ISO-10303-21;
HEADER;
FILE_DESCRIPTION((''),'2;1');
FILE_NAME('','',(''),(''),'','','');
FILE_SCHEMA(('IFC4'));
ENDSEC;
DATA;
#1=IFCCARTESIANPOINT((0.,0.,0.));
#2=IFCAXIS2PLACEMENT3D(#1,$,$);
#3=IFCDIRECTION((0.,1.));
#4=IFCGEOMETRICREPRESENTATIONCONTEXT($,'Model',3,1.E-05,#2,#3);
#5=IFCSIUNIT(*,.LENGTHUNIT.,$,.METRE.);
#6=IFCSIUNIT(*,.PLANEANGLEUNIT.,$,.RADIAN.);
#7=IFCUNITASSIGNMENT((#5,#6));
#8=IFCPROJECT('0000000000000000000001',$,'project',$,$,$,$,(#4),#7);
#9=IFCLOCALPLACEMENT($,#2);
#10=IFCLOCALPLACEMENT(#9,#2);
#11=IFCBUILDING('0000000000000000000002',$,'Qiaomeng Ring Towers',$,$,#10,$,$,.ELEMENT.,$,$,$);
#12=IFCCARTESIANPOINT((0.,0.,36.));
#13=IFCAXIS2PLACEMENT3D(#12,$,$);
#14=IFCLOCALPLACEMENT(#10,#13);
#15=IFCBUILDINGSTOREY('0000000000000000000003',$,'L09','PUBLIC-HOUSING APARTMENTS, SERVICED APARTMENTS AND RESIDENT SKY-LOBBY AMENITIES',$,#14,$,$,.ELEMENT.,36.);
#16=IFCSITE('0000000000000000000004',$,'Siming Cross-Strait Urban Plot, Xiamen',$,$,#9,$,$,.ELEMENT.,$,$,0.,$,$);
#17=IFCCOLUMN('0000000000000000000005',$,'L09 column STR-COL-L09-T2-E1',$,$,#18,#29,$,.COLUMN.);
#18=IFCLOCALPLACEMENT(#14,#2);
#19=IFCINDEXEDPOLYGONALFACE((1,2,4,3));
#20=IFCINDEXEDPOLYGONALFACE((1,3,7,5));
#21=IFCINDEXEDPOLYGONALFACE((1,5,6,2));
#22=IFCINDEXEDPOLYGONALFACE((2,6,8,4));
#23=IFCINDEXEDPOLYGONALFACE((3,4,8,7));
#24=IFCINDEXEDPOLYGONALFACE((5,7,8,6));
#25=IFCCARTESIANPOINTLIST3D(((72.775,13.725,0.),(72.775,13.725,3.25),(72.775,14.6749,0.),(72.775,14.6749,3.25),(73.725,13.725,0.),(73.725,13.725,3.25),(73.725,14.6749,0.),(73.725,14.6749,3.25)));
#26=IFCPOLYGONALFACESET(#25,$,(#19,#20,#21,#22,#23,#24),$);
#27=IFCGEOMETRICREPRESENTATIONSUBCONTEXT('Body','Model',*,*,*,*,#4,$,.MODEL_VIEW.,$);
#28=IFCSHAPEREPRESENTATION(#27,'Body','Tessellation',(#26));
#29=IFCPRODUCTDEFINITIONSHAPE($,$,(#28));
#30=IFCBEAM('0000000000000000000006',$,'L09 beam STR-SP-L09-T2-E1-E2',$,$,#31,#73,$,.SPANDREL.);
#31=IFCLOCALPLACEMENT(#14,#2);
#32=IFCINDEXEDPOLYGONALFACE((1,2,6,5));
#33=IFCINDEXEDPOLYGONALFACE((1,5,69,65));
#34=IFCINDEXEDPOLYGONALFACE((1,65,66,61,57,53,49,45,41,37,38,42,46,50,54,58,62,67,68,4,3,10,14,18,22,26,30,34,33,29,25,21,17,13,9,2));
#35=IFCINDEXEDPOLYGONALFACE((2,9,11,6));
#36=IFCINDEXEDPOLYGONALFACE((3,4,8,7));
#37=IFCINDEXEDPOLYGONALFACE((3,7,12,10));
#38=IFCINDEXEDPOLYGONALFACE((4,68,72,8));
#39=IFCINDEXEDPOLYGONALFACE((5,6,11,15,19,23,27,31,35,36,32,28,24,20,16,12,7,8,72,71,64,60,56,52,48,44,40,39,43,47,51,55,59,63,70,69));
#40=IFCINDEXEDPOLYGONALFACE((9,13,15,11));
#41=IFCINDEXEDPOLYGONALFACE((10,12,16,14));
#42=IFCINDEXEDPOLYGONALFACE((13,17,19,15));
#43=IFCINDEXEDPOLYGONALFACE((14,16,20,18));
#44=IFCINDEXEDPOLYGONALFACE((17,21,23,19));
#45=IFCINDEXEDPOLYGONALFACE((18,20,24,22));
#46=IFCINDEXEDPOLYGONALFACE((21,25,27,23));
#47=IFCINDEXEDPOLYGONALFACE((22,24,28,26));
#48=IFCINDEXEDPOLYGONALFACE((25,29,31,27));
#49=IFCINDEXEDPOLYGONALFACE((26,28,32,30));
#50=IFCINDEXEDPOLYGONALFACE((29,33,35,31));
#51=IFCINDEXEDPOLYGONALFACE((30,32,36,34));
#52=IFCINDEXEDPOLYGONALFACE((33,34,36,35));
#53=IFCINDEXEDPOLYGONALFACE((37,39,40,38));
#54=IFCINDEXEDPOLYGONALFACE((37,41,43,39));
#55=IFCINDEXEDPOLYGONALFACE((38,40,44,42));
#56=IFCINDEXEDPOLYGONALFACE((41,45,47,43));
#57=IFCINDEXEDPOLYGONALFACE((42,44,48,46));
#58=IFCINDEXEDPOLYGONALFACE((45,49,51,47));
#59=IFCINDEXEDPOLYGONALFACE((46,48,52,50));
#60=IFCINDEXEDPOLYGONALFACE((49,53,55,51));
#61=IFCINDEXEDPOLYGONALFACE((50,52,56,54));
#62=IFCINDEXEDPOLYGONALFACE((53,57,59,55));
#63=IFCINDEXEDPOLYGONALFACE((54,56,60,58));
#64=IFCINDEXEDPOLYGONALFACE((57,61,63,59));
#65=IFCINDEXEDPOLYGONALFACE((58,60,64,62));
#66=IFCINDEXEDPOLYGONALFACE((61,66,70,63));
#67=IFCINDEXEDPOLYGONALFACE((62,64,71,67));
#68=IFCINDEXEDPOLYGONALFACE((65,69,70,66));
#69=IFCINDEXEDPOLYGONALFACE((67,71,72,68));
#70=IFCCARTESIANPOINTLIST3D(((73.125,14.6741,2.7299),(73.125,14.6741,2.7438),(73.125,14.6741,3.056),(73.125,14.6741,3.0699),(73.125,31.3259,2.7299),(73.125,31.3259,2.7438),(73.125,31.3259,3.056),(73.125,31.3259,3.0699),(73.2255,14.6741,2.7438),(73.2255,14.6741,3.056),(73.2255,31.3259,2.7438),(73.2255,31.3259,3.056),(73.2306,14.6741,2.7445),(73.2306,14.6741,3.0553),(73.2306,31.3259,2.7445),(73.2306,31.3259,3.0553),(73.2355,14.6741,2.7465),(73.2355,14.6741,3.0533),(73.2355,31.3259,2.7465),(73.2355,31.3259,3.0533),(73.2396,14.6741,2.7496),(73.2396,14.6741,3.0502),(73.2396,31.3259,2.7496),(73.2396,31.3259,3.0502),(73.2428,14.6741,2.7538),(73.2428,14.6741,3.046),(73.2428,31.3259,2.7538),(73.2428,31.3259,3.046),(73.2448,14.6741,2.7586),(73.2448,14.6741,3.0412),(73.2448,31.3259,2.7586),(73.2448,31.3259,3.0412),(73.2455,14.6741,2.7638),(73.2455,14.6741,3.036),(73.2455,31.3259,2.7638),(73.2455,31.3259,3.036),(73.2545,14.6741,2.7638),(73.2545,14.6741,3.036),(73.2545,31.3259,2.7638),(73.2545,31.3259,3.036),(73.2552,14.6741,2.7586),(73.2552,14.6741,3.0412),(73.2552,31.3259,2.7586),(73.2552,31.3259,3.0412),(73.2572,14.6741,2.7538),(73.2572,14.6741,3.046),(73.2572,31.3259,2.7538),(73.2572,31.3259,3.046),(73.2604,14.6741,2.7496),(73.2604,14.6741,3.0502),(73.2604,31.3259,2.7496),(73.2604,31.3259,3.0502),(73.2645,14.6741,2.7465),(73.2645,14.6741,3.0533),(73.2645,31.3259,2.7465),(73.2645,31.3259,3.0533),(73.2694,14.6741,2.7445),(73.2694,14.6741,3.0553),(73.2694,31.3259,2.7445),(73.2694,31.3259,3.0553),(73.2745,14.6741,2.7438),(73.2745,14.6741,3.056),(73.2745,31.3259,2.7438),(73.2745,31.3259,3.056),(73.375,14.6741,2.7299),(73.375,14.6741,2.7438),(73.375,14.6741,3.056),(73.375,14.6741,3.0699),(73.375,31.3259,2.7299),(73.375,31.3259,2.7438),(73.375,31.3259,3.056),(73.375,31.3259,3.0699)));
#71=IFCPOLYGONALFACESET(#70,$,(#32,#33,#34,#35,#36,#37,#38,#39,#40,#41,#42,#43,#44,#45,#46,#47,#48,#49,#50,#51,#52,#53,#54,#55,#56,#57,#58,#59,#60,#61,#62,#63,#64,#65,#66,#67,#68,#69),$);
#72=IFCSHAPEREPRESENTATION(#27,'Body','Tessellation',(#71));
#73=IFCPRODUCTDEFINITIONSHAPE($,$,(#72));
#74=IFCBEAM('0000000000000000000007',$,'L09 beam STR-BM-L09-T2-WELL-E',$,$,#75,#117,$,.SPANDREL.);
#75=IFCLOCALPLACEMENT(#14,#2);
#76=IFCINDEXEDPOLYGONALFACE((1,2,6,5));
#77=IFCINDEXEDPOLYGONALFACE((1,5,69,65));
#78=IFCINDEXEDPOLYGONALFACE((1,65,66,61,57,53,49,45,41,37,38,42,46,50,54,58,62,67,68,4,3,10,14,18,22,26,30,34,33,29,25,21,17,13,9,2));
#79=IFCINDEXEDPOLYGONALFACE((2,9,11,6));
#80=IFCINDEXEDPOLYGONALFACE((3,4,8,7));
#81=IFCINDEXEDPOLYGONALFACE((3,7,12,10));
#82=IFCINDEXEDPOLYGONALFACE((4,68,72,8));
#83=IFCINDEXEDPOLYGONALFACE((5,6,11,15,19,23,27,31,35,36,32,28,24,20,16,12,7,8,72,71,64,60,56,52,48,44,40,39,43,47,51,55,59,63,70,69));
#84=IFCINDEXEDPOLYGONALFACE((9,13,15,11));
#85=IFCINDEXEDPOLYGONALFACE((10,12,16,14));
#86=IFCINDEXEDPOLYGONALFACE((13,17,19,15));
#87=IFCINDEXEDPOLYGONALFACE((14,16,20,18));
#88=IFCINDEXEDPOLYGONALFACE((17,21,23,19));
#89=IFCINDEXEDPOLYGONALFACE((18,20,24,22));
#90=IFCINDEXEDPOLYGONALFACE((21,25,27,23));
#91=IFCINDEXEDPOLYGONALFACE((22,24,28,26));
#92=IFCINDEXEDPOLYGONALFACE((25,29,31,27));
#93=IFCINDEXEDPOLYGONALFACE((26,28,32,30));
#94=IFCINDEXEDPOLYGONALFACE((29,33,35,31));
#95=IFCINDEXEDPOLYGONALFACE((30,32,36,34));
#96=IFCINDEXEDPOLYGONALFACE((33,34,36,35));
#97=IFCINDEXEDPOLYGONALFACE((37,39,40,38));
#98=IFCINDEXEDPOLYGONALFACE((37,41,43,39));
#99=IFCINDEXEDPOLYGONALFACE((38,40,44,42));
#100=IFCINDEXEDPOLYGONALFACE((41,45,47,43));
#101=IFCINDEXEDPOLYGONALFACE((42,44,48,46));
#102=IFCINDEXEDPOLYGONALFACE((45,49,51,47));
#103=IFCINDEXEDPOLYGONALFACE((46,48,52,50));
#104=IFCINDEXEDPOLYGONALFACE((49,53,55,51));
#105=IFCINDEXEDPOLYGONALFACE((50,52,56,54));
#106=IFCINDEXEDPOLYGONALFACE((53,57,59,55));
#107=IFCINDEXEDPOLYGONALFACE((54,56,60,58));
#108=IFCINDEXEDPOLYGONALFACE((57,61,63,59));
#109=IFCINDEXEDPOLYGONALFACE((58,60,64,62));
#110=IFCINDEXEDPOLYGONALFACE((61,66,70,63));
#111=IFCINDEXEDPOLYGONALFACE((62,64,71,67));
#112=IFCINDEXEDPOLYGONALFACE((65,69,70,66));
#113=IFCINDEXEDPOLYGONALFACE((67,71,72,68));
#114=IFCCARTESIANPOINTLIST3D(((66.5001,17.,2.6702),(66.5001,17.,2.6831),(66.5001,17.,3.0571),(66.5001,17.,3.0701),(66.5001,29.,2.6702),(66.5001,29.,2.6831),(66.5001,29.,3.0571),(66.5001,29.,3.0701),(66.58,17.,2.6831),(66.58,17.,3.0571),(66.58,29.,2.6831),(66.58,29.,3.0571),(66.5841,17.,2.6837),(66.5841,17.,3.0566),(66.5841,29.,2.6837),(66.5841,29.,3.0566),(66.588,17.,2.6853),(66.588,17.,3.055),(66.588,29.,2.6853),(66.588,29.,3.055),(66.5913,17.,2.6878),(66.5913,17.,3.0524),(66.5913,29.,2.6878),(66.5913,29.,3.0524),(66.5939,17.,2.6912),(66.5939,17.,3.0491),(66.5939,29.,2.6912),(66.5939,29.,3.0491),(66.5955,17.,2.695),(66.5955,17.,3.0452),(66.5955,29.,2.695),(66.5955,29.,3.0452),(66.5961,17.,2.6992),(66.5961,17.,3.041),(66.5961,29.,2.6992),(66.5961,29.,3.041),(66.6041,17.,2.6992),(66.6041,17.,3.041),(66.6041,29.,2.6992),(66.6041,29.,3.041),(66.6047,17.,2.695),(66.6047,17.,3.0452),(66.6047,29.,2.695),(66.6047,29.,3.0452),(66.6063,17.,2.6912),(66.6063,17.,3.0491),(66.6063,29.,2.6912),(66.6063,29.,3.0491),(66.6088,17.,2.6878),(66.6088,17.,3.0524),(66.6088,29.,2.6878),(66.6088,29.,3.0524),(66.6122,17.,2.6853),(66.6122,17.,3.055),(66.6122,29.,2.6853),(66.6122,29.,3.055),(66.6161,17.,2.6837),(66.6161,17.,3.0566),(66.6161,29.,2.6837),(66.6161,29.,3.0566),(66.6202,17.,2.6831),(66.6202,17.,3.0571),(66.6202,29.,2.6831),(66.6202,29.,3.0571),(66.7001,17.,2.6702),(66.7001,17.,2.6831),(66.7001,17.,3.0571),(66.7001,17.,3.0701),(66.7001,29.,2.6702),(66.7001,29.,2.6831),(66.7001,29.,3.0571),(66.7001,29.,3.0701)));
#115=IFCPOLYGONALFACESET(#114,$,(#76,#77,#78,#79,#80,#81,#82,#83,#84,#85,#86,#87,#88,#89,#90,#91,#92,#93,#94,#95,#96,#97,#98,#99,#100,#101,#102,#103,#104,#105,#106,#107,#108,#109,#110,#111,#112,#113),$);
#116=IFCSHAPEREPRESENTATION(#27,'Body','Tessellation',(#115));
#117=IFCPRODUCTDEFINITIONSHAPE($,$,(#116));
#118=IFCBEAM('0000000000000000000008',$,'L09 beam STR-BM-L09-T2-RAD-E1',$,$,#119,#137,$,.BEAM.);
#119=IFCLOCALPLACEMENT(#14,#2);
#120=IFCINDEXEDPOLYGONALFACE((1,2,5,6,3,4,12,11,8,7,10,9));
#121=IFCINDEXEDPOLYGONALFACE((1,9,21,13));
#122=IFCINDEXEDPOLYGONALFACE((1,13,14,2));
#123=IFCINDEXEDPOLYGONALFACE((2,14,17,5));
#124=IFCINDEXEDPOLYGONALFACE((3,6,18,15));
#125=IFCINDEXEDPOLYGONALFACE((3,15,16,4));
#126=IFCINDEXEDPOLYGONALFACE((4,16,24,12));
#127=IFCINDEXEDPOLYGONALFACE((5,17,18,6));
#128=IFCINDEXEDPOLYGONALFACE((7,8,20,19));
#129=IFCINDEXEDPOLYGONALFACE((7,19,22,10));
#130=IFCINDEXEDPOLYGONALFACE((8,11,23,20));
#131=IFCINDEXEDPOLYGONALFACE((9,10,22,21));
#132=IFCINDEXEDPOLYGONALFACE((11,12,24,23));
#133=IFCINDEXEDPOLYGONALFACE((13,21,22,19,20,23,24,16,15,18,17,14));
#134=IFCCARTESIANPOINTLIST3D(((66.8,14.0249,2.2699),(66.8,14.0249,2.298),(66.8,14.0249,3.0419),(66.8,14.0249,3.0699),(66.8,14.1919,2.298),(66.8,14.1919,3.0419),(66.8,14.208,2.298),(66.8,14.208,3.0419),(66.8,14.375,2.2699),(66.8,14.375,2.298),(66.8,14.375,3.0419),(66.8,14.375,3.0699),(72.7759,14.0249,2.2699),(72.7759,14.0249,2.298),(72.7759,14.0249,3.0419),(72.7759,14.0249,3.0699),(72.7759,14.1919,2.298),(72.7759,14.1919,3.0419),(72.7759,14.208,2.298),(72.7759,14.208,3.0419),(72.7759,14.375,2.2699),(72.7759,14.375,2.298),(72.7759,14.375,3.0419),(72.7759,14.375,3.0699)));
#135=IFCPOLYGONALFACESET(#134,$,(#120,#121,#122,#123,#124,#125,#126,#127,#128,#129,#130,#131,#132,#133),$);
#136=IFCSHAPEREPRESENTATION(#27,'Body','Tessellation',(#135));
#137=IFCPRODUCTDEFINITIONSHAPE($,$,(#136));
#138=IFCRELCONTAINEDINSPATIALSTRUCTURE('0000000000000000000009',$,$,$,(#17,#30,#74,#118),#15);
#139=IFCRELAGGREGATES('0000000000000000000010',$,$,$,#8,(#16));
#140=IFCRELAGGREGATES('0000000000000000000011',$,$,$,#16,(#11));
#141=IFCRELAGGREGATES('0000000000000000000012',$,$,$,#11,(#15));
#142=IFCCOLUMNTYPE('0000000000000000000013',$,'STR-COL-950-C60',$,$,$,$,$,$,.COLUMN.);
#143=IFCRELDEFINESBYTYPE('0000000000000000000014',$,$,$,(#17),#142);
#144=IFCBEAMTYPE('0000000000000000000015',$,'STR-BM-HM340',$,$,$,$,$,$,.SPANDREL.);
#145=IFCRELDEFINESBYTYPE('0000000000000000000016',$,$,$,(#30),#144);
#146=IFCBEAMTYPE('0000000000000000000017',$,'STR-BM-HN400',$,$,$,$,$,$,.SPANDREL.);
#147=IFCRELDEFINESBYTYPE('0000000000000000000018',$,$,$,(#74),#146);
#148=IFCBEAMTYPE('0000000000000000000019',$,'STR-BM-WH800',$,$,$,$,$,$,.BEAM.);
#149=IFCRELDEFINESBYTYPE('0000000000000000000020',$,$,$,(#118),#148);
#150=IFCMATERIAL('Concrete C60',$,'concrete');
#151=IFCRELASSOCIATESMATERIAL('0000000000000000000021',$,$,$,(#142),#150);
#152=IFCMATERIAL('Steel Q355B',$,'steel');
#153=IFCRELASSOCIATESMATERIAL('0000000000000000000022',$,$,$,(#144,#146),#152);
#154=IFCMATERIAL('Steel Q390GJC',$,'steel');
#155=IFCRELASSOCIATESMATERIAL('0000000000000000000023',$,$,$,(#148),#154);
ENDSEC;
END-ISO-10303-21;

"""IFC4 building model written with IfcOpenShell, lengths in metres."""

from ifc_helpers import new_model, si_unit, direction, frame, origin, origin_2d, place, context, subcontext, project, spatial, rectangle, i_section, extrude, source, transform, mapped, material, material_profile, profile_set, type_object, element, save


model = new_model("IFC4")

# Units and contexts
model_context = context("Model", 3, precision=1e-05, world=origin(), true_north=direction((0.0, 1.0)))
body_context = subcontext(model_context, "Body", "Model", "MODEL_VIEW")
ifc_project = project(units=[si_unit("LENGTHUNIT", "METRE"), si_unit("PLANEANGLEUNIT", "RADIAN")], contexts=[model_context])

# Site, building, storey
site_placement = place(None, origin())
site = spatial("IfcSite", under=ifc_project, at=site_placement, Name="Siming Cross-Strait Urban Plot, Xiamen", CompositionType="ELEMENT", RefElevation=0.0)
building_placement = place(site_placement, origin())
building = spatial("IfcBuilding", under=site, at=building_placement, Name="Qiaomeng Ring Towers", CompositionType="ELEMENT")
storey_placement = place(building_placement, frame((0.0, 0.0, 36.0)))
storey = spatial("IfcBuildingStorey", under=building, at=storey_placement, Name="L09", Description="PUBLIC-HOUSING APARTMENTS, SERVICED APARTMENTS AND RESIDENT SKY-LOBBY AMENITIES", CompositionType="ELEMENT", Elevation=36.0)

# Column
ifc_material_1 = material(Name="Concrete C60", Category="concrete")
ifc_material_profile_1 = material_profile(ifc_material_1, rectangle(XDim=0.95, YDim=0.95, at=origin_2d()), Name="RC COL 950x950")
ifc_profile_set_1 = profile_set([ifc_material_profile_1], Name="Concrete C60")
column_type = type_object("IfcColumnType", Name="STR-COL-950-C60", PredefinedType="COLUMN", material=ifc_profile_set_1)
shared_shape_1 = source(origin(), body_context, "Body", "SweptSolid", [
    extrude(rectangle(XDim=0.95, YDim=0.95, at=origin_2d()), origin(), (0.0, 0.0, 1.0), 3.25),
])
column_placement = place(storey_placement, frame((73.25, 14.2, 0.0), z_axis=(0.0, 0.0, 1.0), x_axis=(1.0, 0.0, 0.0)))
element("IfcColumn", 1, at=column_placement, inside=storey, type_object=column_type, Name="L09 column STR-COL-L09-T2-E1", PredefinedType="COLUMN", context=body_context, shape_type="MappedRepresentation", body=[
    mapped(shared_shape_1, transform((0.0, 0.0, 0.0), x_axis=(1.0, 0.0, 0.0), y_axis=(0.0, 1.0, 0.0), z_axis=(0.0, 0.0, 1.0), scale=1.0)),
])

# Beams
ifc_material_2 = material(Name="Steel Q355B", Category="steel")
ifc_material_profile_2 = material_profile(ifc_material_2, i_section(OverallWidth=0.25, OverallDepth=0.3401, WebThickness=0.009, FlangeThickness=0.0139, FilletRadius=0.02, at=origin_2d()), Name="HM 340x250x9x14")
ifc_profile_set_2 = profile_set([ifc_material_profile_2], Name="Steel Q355B")
beam_type_1 = type_object("IfcBeamType", Name="STR-BM-HM340", PredefinedType="SPANDREL", material=ifc_profile_set_2)
shared_shape_2 = source(origin(), body_context, "Body", "SweptSolid", [
    extrude(i_section(OverallWidth=0.25, OverallDepth=0.3401, WebThickness=0.009, FlangeThickness=0.0139, FilletRadius=0.02, at=origin_2d()), origin(), (0.0, 0.0, 1.0), 16.6519),
])
beam_1_placement = place(storey_placement, frame((73.25, 14.6741, 2.8999), z_axis=(0.0, 1.0, 0.0), x_axis=(-1.0, 0.0, 0.0)))
element("IfcBeam", 2, at=beam_1_placement, inside=storey, type_object=beam_type_1, Name="L09 beam STR-SP-L09-T2-E1-E2", PredefinedType="SPANDREL", context=body_context, shape_type="MappedRepresentation", body=[
    mapped(shared_shape_2, transform((0.0, 0.0, 0.0), x_axis=(1.0, 0.0, 0.0), y_axis=(0.0, 1.0, 0.0), z_axis=(0.0, 0.0, 1.0), scale=1.0)),
])
ifc_material_profile_3 = material_profile(ifc_material_2, i_section(OverallWidth=0.2, OverallDepth=0.3999, WebThickness=0.0081, FlangeThickness=0.0129, FilletRadius=0.0161, at=origin_2d()), Name="HN 400x200x8x13")
ifc_profile_set_3 = profile_set([ifc_material_profile_3], Name="Steel Q355B")
beam_type_2 = type_object("IfcBeamType", Name="STR-BM-HN400", PredefinedType="SPANDREL", material=ifc_profile_set_3)
shared_shape_3 = source(origin(), body_context, "Body", "SweptSolid", [
    extrude(i_section(OverallWidth=0.2, OverallDepth=0.3999, WebThickness=0.0081, FlangeThickness=0.0129, FilletRadius=0.0161, at=origin_2d()), origin(), (0.0, 0.0, 1.0), 12.0),
])
beam_2_placement = place(storey_placement, frame((66.6001, 17.0, 2.8701), z_axis=(0.0, 1.0, 0.0), x_axis=(-1.0, 0.0, 0.0)))
element("IfcBeam", 3, at=beam_2_placement, inside=storey, type_object=beam_type_2, Name="L09 beam STR-BM-L09-T2-WELL-E", PredefinedType="SPANDREL", context=body_context, shape_type="MappedRepresentation", body=[
    mapped(shared_shape_3, transform((0.0, 0.0, 0.0), x_axis=(1.0, 0.0, 0.0), y_axis=(0.0, 1.0, 0.0), z_axis=(0.0, 0.0, 1.0), scale=1.0)),
])
ifc_material_3 = material(Name="Steel Q390GJC", Category="steel")
ifc_material_profile_4 = material_profile(ifc_material_3, i_section(OverallWidth=0.3501, OverallDepth=0.8, WebThickness=0.0161, FlangeThickness=0.0281, at=origin_2d()), Name="WH 800x350x16x28")
ifc_profile_set_4 = profile_set([ifc_material_profile_4], Name="Steel Q390GJC")
beam_type_3 = type_object("IfcBeamType", Name="STR-BM-WH800", PredefinedType="BEAM", material=ifc_profile_set_4)
shared_shape_4 = source(origin(), body_context, "Body", "SweptSolid", [
    extrude(i_section(OverallWidth=0.3501, OverallDepth=0.8, WebThickness=0.0161, FlangeThickness=0.0281, at=origin_2d()), origin(), (0.0, 0.0, 1.0), 5.9758),
])
beam_3_placement = place(storey_placement, frame((66.8, 14.2, 2.6699), z_axis=(1.0, 0.0, 0.0), x_axis=(0.0, 1.0, 0.0)))
element("IfcBeam", 4, at=beam_3_placement, inside=storey, type_object=beam_type_3, Name="L09 beam STR-BM-L09-T2-RAD-E1", PredefinedType="BEAM", context=body_context, shape_type="MappedRepresentation", body=[
    mapped(shared_shape_4, transform((0.0, 0.0, 0.0), x_axis=(1.0, 0.0, 0.0), y_axis=(0.0, 1.0, 0.0), z_axis=(0.0, 0.0, 1.0), scale=1.0)),
])

save(model, "model.ifc")
